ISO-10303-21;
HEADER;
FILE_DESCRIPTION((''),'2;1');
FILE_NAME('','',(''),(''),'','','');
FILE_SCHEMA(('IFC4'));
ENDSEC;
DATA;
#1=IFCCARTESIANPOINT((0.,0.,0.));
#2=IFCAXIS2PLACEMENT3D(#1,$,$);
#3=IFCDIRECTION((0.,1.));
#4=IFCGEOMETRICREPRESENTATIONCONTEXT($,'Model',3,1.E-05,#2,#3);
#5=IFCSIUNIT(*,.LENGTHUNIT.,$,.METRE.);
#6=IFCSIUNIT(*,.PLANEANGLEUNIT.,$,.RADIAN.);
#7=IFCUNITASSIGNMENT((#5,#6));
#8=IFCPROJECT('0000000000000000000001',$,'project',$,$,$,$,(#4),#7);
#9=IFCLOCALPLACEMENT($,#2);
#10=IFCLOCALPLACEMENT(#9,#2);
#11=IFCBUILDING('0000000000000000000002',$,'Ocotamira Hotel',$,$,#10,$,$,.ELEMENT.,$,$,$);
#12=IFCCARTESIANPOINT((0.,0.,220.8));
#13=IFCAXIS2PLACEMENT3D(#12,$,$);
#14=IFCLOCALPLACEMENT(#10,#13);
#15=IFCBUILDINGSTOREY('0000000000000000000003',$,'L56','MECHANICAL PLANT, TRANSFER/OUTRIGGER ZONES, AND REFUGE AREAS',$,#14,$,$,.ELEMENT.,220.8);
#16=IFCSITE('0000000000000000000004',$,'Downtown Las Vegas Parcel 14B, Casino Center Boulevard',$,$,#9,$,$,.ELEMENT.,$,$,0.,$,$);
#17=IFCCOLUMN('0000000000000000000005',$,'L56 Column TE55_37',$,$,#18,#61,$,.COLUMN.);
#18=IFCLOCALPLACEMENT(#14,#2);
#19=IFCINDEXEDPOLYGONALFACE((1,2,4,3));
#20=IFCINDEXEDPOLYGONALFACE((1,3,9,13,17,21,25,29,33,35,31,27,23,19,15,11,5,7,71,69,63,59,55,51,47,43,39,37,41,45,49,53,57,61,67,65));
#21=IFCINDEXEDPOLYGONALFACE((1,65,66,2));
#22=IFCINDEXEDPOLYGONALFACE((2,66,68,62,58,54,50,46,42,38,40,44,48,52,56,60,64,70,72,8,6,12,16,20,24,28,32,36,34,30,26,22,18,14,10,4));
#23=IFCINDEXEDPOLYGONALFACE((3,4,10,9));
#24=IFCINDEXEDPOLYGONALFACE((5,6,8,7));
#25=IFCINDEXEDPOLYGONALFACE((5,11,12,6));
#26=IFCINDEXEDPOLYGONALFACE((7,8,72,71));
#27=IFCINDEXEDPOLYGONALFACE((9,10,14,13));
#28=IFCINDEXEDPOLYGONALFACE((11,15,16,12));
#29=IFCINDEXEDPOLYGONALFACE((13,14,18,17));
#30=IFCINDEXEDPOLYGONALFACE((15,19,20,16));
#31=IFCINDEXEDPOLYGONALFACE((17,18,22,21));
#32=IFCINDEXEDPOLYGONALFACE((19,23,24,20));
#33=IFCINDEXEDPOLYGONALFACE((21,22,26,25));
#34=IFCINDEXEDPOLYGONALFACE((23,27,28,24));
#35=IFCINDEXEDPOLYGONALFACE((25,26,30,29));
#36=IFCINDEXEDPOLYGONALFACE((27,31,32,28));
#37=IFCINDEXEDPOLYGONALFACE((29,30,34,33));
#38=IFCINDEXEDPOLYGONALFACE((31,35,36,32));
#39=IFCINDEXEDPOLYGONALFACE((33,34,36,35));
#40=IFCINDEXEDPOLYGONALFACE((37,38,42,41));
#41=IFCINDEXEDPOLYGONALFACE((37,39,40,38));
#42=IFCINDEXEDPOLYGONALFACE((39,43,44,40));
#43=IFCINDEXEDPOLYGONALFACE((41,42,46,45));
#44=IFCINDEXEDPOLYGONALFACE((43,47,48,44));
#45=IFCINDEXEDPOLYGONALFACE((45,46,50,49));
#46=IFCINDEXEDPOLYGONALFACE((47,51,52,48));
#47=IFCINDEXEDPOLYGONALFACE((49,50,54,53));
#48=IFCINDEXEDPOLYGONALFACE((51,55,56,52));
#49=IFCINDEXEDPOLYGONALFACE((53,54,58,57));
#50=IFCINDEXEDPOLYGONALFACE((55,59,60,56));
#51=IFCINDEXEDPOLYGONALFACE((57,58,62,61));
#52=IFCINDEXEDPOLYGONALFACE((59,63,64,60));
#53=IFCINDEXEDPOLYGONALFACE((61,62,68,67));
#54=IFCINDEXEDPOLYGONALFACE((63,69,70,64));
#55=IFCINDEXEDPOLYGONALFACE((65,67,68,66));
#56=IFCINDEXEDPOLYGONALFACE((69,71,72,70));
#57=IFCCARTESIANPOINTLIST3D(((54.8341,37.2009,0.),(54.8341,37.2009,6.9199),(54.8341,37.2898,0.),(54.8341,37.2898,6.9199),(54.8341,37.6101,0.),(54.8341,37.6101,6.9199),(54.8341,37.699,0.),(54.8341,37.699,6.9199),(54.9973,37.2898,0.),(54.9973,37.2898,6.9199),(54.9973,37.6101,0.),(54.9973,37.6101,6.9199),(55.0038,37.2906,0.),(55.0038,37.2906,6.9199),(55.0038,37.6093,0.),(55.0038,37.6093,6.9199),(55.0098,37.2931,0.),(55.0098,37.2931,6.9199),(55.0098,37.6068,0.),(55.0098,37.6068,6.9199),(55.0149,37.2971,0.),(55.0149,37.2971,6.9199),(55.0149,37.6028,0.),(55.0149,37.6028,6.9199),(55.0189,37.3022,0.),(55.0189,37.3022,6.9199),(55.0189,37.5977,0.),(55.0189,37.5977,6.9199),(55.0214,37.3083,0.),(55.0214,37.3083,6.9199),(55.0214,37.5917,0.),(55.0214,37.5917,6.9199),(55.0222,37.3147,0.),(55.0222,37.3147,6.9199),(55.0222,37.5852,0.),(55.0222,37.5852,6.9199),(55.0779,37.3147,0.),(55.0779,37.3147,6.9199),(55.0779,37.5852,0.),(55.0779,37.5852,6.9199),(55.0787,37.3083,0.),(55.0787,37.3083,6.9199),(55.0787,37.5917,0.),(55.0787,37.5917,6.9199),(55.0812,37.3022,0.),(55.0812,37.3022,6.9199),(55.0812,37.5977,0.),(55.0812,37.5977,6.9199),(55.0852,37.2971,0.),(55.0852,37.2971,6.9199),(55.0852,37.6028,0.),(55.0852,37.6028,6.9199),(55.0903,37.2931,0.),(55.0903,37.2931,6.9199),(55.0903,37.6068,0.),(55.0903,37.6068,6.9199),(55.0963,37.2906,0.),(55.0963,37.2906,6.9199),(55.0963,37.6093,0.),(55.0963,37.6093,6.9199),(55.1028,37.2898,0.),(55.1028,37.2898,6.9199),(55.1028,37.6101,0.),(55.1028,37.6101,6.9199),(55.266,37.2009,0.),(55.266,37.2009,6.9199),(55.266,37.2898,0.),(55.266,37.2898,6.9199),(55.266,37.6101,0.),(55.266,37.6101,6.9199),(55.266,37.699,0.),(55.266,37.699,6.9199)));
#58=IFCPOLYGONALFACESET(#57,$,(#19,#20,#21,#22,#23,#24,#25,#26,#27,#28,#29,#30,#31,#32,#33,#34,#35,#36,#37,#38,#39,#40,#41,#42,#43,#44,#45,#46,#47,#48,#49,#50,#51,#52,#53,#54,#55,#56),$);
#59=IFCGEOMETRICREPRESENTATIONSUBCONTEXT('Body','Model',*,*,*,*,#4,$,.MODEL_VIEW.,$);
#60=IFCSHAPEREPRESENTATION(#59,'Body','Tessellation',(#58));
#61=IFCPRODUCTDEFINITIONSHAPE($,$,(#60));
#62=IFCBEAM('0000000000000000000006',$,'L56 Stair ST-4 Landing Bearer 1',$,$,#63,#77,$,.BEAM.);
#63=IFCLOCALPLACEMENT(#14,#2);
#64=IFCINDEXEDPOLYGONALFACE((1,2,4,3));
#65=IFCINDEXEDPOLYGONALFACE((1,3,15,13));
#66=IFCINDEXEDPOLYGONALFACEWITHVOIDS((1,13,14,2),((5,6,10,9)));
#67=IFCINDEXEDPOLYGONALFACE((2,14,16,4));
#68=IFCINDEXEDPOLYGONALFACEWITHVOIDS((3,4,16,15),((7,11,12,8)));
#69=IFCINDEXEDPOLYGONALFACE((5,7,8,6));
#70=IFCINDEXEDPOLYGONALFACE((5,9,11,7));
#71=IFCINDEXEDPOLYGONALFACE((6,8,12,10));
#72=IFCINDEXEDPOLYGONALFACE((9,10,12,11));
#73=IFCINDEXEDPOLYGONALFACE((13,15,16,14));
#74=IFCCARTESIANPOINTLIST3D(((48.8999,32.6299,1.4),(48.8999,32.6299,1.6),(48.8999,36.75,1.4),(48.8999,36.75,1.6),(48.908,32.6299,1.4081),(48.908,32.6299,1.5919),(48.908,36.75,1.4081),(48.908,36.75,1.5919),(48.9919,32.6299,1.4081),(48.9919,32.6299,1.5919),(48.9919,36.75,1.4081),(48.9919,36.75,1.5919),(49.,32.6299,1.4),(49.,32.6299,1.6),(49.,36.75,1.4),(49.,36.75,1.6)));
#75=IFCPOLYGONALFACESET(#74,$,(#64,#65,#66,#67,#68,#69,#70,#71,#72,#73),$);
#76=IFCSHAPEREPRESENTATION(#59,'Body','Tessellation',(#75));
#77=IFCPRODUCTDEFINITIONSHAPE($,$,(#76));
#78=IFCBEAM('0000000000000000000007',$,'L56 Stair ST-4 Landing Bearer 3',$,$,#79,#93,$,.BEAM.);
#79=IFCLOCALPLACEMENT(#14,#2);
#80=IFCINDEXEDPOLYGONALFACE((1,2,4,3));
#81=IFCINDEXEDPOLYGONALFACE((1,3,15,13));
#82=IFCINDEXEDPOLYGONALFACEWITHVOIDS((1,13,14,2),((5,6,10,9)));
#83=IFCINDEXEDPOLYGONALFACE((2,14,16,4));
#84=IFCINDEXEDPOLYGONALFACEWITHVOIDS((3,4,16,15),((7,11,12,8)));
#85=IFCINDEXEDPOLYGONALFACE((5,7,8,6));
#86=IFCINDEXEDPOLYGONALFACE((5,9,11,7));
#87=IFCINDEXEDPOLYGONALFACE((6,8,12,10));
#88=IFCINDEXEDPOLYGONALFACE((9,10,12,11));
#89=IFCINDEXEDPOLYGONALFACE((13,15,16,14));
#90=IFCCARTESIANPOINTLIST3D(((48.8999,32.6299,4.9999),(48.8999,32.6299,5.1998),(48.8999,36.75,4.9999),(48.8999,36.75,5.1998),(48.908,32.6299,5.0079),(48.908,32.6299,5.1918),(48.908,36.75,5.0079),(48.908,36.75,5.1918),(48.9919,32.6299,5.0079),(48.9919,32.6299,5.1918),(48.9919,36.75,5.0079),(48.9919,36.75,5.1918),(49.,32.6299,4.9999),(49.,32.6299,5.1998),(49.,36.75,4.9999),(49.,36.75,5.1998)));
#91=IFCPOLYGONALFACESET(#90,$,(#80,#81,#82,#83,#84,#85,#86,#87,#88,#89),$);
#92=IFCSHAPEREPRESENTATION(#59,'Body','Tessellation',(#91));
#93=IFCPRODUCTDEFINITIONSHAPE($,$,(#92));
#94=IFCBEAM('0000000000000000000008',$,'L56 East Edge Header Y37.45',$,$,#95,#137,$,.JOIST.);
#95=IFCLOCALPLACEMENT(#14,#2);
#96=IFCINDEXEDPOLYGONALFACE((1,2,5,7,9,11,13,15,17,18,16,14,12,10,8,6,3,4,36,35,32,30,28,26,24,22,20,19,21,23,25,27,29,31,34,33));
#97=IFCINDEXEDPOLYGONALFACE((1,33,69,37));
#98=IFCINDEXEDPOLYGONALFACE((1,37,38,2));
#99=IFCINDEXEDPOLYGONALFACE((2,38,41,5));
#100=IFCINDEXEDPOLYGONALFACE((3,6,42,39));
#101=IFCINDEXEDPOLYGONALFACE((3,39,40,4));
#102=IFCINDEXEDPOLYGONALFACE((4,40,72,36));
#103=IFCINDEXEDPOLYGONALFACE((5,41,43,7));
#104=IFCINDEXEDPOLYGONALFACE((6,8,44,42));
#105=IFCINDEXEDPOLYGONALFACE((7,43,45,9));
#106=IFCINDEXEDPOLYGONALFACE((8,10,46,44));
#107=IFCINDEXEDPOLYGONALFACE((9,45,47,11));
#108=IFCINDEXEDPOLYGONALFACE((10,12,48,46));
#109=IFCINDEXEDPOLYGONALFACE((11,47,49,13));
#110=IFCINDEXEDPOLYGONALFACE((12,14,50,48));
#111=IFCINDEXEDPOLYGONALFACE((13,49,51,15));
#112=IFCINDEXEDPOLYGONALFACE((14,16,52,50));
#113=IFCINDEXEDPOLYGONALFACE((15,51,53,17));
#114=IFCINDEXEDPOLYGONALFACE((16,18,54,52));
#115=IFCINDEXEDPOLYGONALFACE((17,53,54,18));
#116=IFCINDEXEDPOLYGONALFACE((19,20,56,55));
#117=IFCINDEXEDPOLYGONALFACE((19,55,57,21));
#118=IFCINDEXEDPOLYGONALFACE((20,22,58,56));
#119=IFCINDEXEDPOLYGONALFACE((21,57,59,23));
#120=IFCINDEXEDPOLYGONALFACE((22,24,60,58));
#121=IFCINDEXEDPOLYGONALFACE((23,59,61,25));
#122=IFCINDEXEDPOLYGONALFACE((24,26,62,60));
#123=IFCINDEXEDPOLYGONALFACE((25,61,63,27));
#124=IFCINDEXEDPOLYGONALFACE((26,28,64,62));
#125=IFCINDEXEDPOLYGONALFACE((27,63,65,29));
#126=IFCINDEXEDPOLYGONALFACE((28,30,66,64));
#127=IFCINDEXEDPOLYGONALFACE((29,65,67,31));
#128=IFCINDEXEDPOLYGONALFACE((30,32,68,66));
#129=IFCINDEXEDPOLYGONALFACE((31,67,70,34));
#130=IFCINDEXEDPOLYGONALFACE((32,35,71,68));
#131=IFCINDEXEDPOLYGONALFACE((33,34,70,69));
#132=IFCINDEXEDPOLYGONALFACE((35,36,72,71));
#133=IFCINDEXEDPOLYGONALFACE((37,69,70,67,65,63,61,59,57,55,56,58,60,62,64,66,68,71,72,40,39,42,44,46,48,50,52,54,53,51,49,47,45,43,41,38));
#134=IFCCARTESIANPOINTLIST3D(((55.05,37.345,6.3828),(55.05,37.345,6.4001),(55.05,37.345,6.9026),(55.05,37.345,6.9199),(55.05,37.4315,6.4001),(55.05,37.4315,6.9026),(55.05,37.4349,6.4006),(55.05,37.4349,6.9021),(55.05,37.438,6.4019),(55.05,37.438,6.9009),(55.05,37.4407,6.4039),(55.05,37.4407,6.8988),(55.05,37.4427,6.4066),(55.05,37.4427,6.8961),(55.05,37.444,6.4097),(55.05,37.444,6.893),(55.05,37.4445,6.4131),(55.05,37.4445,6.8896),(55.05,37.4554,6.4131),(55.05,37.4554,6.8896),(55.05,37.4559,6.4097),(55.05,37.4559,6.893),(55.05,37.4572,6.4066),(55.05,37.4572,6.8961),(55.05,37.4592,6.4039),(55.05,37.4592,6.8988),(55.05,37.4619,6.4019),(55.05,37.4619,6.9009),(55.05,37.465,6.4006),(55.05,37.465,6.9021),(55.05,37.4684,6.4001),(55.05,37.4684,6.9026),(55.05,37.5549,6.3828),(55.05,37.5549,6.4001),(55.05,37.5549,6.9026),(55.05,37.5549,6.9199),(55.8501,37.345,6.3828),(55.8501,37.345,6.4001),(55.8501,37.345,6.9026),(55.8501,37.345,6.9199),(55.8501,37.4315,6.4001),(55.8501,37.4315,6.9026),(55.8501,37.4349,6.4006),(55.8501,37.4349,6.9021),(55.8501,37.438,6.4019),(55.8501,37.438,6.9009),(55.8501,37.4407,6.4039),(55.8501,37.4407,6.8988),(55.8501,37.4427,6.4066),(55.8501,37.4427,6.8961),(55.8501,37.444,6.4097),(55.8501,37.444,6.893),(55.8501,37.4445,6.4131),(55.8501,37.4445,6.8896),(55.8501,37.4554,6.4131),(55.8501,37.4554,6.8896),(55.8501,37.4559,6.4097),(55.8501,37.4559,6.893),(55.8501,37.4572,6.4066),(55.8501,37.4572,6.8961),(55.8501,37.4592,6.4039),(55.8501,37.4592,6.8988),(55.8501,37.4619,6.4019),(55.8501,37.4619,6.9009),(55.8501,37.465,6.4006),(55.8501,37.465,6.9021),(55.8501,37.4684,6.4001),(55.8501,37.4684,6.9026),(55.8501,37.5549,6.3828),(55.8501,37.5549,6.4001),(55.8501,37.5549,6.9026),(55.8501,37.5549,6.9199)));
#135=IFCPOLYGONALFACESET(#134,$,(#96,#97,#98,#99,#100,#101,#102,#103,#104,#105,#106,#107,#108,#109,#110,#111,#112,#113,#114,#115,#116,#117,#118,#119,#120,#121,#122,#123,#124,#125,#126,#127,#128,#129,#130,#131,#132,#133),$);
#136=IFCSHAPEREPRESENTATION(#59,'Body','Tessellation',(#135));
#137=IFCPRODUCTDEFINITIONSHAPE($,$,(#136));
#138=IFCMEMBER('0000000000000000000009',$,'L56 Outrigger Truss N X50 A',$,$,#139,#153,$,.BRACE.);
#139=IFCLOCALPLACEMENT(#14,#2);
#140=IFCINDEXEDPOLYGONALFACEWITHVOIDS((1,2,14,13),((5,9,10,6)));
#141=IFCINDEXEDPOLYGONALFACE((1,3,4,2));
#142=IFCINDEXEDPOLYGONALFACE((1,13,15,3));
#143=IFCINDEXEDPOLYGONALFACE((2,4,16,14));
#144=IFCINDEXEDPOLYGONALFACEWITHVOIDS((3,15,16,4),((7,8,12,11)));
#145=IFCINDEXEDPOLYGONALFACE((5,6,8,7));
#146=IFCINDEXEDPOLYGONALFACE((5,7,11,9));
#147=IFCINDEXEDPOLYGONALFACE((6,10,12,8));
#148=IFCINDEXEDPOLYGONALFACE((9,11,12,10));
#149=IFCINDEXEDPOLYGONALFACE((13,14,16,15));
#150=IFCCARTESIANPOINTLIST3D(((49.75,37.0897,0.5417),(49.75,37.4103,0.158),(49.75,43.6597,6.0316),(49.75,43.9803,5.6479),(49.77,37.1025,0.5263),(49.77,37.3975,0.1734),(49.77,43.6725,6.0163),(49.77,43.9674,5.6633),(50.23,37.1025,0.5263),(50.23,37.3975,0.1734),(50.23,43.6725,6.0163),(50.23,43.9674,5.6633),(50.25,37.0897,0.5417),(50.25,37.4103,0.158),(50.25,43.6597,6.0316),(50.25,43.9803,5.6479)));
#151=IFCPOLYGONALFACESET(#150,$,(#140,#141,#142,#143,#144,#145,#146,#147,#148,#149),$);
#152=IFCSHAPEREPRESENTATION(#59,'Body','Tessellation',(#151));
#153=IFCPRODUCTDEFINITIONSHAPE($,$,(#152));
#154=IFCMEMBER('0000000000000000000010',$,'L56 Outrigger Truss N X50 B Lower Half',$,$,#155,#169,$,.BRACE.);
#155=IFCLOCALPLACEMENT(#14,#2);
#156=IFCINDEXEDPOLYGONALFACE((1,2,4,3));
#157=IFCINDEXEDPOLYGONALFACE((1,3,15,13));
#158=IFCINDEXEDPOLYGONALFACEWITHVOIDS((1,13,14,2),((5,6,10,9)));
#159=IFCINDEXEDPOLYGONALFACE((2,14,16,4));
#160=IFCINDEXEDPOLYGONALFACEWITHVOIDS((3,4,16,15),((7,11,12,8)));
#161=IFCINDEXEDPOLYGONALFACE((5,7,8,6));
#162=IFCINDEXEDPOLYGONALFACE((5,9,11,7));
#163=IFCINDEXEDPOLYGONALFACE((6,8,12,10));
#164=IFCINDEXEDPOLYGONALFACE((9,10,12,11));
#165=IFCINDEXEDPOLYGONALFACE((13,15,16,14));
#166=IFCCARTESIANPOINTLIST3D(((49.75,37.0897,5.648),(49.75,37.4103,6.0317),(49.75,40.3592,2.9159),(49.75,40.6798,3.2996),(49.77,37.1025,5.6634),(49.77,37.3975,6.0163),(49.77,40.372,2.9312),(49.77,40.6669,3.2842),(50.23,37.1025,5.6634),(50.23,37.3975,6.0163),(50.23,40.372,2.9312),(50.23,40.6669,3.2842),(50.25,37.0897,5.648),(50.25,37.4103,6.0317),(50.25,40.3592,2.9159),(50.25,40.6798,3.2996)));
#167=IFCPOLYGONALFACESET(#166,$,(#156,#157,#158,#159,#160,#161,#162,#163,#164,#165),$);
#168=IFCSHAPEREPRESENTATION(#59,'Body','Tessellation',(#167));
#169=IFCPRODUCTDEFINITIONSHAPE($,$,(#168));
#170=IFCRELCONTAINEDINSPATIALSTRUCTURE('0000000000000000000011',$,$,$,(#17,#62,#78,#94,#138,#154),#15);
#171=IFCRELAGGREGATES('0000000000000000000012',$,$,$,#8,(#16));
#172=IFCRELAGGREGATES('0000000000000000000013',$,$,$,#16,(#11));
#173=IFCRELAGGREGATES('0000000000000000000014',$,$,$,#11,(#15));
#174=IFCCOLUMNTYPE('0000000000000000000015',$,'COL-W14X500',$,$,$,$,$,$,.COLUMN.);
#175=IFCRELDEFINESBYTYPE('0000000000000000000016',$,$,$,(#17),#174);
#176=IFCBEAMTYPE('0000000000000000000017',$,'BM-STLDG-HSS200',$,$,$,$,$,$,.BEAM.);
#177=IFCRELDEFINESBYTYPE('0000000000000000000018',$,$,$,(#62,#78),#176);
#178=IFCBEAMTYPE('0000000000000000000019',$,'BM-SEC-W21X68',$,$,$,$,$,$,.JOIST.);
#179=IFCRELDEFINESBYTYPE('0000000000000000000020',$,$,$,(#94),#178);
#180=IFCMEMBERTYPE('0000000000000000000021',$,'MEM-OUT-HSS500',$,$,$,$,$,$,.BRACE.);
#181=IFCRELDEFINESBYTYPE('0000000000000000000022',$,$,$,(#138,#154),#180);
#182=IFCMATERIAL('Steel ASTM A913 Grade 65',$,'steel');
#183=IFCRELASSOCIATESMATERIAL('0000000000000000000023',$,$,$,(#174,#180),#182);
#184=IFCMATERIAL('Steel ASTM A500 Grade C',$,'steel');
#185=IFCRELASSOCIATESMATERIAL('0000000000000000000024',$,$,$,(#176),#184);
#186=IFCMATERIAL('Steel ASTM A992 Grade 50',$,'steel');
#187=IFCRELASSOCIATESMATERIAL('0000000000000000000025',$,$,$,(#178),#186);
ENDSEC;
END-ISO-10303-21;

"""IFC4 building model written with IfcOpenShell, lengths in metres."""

from ifc_helpers import new_model, si_unit, direction, frame, origin, origin_2d, place, context, subcontext, project, spatial, hollow_rectangle, i_section, extrude, source, transform, mapped, material, material_profile, profile_set, type_object, element, save


model = new_model("IFC4")

# Units and contexts
model_context = context("Model", 3, precision=1e-05, world=origin(), true_north=direction((0.0, 1.0)))
body_context = subcontext(model_context, "Body", "Model", "MODEL_VIEW")
ifc_project = project(units=[si_unit("LENGTHUNIT", "METRE"), si_unit("PLANEANGLEUNIT", "RADIAN")], contexts=[model_context])

# Site, building, storey
site_placement = place(None, origin())
site = spatial("IfcSite", under=ifc_project, at=site_placement, Name="Downtown Las Vegas Parcel 14B, Casino Center Boulevard", CompositionType="ELEMENT", RefElevation=0.0)
building_placement = place(site_placement, origin())
building = spatial("IfcBuilding", under=site, at=building_placement, Name="Ocotamira Hotel", CompositionType="ELEMENT")
storey_placement = place(building_placement, frame((0.0, 0.0, 220.8)))
storey = spatial("IfcBuildingStorey", under=building, at=storey_placement, Name="L56", Description="MECHANICAL PLANT, TRANSFER/OUTRIGGER ZONES, AND REFUGE AREAS", CompositionType="ELEMENT", Elevation=220.8)

# Column
ifc_material_1 = material(Name="Steel ASTM A913 Grade 65", Category="steel")
ifc_material_profile_1 = material_profile(ifc_material_1, i_section(OverallWidth=0.4319, OverallDepth=0.498, WebThickness=0.0557, FlangeThickness=0.0889, FilletRadius=0.0249, at=origin_2d()), Name="W14X500")
ifc_profile_set_1 = profile_set([ifc_material_profile_1], Name="Steel ASTM A913 Grade 65")
column_type = type_object("IfcColumnType", Name="COL-W14X500", PredefinedType="COLUMN", material=ifc_profile_set_1)
shared_shape_1 = source(origin(), body_context, "Body", "SweptSolid", [
    extrude(i_section(OverallWidth=0.4319, OverallDepth=0.498, WebThickness=0.0557, FlangeThickness=0.0889, FilletRadius=0.0249, at=origin_2d()), origin(), (0.0, 0.0, 1.0), 6.9199),
])
column_placement = place(storey_placement, frame((55.05, 37.45, 0.0), z_axis=(0.0, 0.0, 1.0), x_axis=(1.0, 0.0, 0.0)))
element("IfcColumn", 1, at=column_placement, inside=storey, type_object=column_type, Name="L56 Column TE55_37", PredefinedType="COLUMN", context=body_context, shape_type="MappedRepresentation", body=[
    mapped(shared_shape_1, transform((0.0, 0.0, 0.0), scale=1.0)),
])

# Beams
ifc_material_2 = material(Name="Steel ASTM A500 Grade C", Category="steel")
ifc_material_profile_2 = material_profile(ifc_material_2, hollow_rectangle(XDim=0.1001, YDim=0.2, WallThickness=0.0081, at=origin_2d()), Name="HSS200X100X8")
ifc_profile_set_2 = profile_set([ifc_material_profile_2], Name="Steel ASTM A500 Grade C")
beam_type_1 = type_object("IfcBeamType", Name="BM-STLDG-HSS200", PredefinedType="BEAM", material=ifc_profile_set_2)
shared_shape_2 = source(origin(), body_context, "Body", "SweptSolid", [
    extrude(hollow_rectangle(XDim=0.1001, YDim=0.2, WallThickness=0.0081, at=origin_2d()), origin(), (0.0, 0.0, 1.0), 4.1201),
])
for number, where, z_axis, x_axis, name in (
    (2, (48.95, 32.6299, 1.5), (0.0, 1.0, 0.0), (-1.0, 0.0, 0.0), "L56 Stair ST-4 Landing Bearer 1"),
    (3, (48.95, 32.6299, 5.0999), (0.0, 1.0, 0.0), (-1.0, 0.0, 0.0), "L56 Stair ST-4 Landing Bearer 3"),
):
    element("IfcBeam", number, at=place(storey_placement, frame(where, z_axis=z_axis, x_axis=x_axis)), inside=storey, type_object=beam_type_1, Name=name, PredefinedType="BEAM", context=body_context, shape_type="MappedRepresentation", body=[
        mapped(shared_shape_2, transform((0.0, 0.0, 0.0), scale=1.0)),
    ])
ifc_material_3 = material(Name="Steel ASTM A992 Grade 50", Category="steel")
ifc_material_profile_3 = material_profile(ifc_material_3, i_section(OverallWidth=0.21, OverallDepth=0.5371, WebThickness=0.011, FlangeThickness=0.0173, FilletRadius=0.0129, at=origin_2d()), Name="W21X68")
ifc_profile_set_3 = profile_set([ifc_material_profile_3], Name="Steel ASTM A992 Grade 50")
beam_type_2 = type_object("IfcBeamType", Name="BM-SEC-W21X68", PredefinedType="JOIST", material=ifc_profile_set_3)
shared_shape_3 = source(origin(), body_context, "Body", "SweptSolid", [
    extrude(i_section(OverallWidth=0.21, OverallDepth=0.5371, WebThickness=0.011, FlangeThickness=0.0173, FilletRadius=0.0129, at=origin_2d()), origin(), (0.0, 0.0, 1.0), 0.8),
])
beam_placement = place(storey_placement, frame((55.05, 37.45, 6.6514), z_axis=(1.0, 0.0, 0.0), x_axis=(0.0, 1.0, 0.0)))
element("IfcBeam", 4, at=beam_placement, inside=storey, type_object=beam_type_2, Name="L56 East Edge Header Y37.45", PredefinedType="JOIST", context=body_context, shape_type="MappedRepresentation", body=[
    mapped(shared_shape_3, transform((0.0, 0.0, 0.0), scale=1.0)),
])

# Members
ifc_material_profile_4 = material_profile(ifc_material_1, hollow_rectangle(XDim=0.5, YDim=0.5, WallThickness=0.02, at=origin_2d()), Name="HSS500X500X20")
ifc_profile_set_4 = profile_set([ifc_material_profile_4], Name="Steel ASTM A913 Grade 65")
member_type_1 = type_object("IfcMemberType", Name="MEM-OUT-HSS500", PredefinedType="BRACE", material=ifc_profile_set_4)
shared_shape_4 = source(origin(), body_context, "Body", "SweptSolid", [
    extrude(hollow_rectangle(XDim=0.5, YDim=0.5, WallThickness=0.02, at=origin_2d()), origin(), (0.0, 0.0, 1.0), 8.5618),
])
member_1_placement = place(storey_placement, frame((50.0, 37.25, 0.3499), z_axis=(0.0, 0.767363, 0.641213), x_axis=(-1.0, 0.0, 0.0)))
element("IfcMember", 5, at=member_1_placement, inside=storey, type_object=member_type_1, Name="L56 Outrigger Truss N X50 A", PredefinedType="BRACE", context=body_context, shape_type="MappedRepresentation", body=[
    mapped(shared_shape_4, transform((0.0, 0.0, 0.0), scale=1.0)),
])
shared_shape_5 = source(origin(), body_context, "Body", "SweptSolid", [
    extrude(hollow_rectangle(XDim=0.5, YDim=0.5, WallThickness=0.02, at=origin_2d()), origin(), (0.0, 0.0, 1.0), 4.2607),
])
member_2_placement = place(storey_placement, frame((50.0, 37.25, 5.8398), z_axis=(0.0, 0.767347, -0.641232), x_axis=(-1.0, 0.0, 0.0)))
element("IfcMember", 6, at=member_2_placement, inside=storey, type_object=member_type_1, Name="L56 Outrigger Truss N X50 B Lower Half", PredefinedType="BRACE", context=body_context, shape_type="MappedRepresentation", body=[
    mapped(shared_shape_5, transform((0.0, 0.0, 0.0), scale=1.0)),
])

save(model, "model.ifc")
